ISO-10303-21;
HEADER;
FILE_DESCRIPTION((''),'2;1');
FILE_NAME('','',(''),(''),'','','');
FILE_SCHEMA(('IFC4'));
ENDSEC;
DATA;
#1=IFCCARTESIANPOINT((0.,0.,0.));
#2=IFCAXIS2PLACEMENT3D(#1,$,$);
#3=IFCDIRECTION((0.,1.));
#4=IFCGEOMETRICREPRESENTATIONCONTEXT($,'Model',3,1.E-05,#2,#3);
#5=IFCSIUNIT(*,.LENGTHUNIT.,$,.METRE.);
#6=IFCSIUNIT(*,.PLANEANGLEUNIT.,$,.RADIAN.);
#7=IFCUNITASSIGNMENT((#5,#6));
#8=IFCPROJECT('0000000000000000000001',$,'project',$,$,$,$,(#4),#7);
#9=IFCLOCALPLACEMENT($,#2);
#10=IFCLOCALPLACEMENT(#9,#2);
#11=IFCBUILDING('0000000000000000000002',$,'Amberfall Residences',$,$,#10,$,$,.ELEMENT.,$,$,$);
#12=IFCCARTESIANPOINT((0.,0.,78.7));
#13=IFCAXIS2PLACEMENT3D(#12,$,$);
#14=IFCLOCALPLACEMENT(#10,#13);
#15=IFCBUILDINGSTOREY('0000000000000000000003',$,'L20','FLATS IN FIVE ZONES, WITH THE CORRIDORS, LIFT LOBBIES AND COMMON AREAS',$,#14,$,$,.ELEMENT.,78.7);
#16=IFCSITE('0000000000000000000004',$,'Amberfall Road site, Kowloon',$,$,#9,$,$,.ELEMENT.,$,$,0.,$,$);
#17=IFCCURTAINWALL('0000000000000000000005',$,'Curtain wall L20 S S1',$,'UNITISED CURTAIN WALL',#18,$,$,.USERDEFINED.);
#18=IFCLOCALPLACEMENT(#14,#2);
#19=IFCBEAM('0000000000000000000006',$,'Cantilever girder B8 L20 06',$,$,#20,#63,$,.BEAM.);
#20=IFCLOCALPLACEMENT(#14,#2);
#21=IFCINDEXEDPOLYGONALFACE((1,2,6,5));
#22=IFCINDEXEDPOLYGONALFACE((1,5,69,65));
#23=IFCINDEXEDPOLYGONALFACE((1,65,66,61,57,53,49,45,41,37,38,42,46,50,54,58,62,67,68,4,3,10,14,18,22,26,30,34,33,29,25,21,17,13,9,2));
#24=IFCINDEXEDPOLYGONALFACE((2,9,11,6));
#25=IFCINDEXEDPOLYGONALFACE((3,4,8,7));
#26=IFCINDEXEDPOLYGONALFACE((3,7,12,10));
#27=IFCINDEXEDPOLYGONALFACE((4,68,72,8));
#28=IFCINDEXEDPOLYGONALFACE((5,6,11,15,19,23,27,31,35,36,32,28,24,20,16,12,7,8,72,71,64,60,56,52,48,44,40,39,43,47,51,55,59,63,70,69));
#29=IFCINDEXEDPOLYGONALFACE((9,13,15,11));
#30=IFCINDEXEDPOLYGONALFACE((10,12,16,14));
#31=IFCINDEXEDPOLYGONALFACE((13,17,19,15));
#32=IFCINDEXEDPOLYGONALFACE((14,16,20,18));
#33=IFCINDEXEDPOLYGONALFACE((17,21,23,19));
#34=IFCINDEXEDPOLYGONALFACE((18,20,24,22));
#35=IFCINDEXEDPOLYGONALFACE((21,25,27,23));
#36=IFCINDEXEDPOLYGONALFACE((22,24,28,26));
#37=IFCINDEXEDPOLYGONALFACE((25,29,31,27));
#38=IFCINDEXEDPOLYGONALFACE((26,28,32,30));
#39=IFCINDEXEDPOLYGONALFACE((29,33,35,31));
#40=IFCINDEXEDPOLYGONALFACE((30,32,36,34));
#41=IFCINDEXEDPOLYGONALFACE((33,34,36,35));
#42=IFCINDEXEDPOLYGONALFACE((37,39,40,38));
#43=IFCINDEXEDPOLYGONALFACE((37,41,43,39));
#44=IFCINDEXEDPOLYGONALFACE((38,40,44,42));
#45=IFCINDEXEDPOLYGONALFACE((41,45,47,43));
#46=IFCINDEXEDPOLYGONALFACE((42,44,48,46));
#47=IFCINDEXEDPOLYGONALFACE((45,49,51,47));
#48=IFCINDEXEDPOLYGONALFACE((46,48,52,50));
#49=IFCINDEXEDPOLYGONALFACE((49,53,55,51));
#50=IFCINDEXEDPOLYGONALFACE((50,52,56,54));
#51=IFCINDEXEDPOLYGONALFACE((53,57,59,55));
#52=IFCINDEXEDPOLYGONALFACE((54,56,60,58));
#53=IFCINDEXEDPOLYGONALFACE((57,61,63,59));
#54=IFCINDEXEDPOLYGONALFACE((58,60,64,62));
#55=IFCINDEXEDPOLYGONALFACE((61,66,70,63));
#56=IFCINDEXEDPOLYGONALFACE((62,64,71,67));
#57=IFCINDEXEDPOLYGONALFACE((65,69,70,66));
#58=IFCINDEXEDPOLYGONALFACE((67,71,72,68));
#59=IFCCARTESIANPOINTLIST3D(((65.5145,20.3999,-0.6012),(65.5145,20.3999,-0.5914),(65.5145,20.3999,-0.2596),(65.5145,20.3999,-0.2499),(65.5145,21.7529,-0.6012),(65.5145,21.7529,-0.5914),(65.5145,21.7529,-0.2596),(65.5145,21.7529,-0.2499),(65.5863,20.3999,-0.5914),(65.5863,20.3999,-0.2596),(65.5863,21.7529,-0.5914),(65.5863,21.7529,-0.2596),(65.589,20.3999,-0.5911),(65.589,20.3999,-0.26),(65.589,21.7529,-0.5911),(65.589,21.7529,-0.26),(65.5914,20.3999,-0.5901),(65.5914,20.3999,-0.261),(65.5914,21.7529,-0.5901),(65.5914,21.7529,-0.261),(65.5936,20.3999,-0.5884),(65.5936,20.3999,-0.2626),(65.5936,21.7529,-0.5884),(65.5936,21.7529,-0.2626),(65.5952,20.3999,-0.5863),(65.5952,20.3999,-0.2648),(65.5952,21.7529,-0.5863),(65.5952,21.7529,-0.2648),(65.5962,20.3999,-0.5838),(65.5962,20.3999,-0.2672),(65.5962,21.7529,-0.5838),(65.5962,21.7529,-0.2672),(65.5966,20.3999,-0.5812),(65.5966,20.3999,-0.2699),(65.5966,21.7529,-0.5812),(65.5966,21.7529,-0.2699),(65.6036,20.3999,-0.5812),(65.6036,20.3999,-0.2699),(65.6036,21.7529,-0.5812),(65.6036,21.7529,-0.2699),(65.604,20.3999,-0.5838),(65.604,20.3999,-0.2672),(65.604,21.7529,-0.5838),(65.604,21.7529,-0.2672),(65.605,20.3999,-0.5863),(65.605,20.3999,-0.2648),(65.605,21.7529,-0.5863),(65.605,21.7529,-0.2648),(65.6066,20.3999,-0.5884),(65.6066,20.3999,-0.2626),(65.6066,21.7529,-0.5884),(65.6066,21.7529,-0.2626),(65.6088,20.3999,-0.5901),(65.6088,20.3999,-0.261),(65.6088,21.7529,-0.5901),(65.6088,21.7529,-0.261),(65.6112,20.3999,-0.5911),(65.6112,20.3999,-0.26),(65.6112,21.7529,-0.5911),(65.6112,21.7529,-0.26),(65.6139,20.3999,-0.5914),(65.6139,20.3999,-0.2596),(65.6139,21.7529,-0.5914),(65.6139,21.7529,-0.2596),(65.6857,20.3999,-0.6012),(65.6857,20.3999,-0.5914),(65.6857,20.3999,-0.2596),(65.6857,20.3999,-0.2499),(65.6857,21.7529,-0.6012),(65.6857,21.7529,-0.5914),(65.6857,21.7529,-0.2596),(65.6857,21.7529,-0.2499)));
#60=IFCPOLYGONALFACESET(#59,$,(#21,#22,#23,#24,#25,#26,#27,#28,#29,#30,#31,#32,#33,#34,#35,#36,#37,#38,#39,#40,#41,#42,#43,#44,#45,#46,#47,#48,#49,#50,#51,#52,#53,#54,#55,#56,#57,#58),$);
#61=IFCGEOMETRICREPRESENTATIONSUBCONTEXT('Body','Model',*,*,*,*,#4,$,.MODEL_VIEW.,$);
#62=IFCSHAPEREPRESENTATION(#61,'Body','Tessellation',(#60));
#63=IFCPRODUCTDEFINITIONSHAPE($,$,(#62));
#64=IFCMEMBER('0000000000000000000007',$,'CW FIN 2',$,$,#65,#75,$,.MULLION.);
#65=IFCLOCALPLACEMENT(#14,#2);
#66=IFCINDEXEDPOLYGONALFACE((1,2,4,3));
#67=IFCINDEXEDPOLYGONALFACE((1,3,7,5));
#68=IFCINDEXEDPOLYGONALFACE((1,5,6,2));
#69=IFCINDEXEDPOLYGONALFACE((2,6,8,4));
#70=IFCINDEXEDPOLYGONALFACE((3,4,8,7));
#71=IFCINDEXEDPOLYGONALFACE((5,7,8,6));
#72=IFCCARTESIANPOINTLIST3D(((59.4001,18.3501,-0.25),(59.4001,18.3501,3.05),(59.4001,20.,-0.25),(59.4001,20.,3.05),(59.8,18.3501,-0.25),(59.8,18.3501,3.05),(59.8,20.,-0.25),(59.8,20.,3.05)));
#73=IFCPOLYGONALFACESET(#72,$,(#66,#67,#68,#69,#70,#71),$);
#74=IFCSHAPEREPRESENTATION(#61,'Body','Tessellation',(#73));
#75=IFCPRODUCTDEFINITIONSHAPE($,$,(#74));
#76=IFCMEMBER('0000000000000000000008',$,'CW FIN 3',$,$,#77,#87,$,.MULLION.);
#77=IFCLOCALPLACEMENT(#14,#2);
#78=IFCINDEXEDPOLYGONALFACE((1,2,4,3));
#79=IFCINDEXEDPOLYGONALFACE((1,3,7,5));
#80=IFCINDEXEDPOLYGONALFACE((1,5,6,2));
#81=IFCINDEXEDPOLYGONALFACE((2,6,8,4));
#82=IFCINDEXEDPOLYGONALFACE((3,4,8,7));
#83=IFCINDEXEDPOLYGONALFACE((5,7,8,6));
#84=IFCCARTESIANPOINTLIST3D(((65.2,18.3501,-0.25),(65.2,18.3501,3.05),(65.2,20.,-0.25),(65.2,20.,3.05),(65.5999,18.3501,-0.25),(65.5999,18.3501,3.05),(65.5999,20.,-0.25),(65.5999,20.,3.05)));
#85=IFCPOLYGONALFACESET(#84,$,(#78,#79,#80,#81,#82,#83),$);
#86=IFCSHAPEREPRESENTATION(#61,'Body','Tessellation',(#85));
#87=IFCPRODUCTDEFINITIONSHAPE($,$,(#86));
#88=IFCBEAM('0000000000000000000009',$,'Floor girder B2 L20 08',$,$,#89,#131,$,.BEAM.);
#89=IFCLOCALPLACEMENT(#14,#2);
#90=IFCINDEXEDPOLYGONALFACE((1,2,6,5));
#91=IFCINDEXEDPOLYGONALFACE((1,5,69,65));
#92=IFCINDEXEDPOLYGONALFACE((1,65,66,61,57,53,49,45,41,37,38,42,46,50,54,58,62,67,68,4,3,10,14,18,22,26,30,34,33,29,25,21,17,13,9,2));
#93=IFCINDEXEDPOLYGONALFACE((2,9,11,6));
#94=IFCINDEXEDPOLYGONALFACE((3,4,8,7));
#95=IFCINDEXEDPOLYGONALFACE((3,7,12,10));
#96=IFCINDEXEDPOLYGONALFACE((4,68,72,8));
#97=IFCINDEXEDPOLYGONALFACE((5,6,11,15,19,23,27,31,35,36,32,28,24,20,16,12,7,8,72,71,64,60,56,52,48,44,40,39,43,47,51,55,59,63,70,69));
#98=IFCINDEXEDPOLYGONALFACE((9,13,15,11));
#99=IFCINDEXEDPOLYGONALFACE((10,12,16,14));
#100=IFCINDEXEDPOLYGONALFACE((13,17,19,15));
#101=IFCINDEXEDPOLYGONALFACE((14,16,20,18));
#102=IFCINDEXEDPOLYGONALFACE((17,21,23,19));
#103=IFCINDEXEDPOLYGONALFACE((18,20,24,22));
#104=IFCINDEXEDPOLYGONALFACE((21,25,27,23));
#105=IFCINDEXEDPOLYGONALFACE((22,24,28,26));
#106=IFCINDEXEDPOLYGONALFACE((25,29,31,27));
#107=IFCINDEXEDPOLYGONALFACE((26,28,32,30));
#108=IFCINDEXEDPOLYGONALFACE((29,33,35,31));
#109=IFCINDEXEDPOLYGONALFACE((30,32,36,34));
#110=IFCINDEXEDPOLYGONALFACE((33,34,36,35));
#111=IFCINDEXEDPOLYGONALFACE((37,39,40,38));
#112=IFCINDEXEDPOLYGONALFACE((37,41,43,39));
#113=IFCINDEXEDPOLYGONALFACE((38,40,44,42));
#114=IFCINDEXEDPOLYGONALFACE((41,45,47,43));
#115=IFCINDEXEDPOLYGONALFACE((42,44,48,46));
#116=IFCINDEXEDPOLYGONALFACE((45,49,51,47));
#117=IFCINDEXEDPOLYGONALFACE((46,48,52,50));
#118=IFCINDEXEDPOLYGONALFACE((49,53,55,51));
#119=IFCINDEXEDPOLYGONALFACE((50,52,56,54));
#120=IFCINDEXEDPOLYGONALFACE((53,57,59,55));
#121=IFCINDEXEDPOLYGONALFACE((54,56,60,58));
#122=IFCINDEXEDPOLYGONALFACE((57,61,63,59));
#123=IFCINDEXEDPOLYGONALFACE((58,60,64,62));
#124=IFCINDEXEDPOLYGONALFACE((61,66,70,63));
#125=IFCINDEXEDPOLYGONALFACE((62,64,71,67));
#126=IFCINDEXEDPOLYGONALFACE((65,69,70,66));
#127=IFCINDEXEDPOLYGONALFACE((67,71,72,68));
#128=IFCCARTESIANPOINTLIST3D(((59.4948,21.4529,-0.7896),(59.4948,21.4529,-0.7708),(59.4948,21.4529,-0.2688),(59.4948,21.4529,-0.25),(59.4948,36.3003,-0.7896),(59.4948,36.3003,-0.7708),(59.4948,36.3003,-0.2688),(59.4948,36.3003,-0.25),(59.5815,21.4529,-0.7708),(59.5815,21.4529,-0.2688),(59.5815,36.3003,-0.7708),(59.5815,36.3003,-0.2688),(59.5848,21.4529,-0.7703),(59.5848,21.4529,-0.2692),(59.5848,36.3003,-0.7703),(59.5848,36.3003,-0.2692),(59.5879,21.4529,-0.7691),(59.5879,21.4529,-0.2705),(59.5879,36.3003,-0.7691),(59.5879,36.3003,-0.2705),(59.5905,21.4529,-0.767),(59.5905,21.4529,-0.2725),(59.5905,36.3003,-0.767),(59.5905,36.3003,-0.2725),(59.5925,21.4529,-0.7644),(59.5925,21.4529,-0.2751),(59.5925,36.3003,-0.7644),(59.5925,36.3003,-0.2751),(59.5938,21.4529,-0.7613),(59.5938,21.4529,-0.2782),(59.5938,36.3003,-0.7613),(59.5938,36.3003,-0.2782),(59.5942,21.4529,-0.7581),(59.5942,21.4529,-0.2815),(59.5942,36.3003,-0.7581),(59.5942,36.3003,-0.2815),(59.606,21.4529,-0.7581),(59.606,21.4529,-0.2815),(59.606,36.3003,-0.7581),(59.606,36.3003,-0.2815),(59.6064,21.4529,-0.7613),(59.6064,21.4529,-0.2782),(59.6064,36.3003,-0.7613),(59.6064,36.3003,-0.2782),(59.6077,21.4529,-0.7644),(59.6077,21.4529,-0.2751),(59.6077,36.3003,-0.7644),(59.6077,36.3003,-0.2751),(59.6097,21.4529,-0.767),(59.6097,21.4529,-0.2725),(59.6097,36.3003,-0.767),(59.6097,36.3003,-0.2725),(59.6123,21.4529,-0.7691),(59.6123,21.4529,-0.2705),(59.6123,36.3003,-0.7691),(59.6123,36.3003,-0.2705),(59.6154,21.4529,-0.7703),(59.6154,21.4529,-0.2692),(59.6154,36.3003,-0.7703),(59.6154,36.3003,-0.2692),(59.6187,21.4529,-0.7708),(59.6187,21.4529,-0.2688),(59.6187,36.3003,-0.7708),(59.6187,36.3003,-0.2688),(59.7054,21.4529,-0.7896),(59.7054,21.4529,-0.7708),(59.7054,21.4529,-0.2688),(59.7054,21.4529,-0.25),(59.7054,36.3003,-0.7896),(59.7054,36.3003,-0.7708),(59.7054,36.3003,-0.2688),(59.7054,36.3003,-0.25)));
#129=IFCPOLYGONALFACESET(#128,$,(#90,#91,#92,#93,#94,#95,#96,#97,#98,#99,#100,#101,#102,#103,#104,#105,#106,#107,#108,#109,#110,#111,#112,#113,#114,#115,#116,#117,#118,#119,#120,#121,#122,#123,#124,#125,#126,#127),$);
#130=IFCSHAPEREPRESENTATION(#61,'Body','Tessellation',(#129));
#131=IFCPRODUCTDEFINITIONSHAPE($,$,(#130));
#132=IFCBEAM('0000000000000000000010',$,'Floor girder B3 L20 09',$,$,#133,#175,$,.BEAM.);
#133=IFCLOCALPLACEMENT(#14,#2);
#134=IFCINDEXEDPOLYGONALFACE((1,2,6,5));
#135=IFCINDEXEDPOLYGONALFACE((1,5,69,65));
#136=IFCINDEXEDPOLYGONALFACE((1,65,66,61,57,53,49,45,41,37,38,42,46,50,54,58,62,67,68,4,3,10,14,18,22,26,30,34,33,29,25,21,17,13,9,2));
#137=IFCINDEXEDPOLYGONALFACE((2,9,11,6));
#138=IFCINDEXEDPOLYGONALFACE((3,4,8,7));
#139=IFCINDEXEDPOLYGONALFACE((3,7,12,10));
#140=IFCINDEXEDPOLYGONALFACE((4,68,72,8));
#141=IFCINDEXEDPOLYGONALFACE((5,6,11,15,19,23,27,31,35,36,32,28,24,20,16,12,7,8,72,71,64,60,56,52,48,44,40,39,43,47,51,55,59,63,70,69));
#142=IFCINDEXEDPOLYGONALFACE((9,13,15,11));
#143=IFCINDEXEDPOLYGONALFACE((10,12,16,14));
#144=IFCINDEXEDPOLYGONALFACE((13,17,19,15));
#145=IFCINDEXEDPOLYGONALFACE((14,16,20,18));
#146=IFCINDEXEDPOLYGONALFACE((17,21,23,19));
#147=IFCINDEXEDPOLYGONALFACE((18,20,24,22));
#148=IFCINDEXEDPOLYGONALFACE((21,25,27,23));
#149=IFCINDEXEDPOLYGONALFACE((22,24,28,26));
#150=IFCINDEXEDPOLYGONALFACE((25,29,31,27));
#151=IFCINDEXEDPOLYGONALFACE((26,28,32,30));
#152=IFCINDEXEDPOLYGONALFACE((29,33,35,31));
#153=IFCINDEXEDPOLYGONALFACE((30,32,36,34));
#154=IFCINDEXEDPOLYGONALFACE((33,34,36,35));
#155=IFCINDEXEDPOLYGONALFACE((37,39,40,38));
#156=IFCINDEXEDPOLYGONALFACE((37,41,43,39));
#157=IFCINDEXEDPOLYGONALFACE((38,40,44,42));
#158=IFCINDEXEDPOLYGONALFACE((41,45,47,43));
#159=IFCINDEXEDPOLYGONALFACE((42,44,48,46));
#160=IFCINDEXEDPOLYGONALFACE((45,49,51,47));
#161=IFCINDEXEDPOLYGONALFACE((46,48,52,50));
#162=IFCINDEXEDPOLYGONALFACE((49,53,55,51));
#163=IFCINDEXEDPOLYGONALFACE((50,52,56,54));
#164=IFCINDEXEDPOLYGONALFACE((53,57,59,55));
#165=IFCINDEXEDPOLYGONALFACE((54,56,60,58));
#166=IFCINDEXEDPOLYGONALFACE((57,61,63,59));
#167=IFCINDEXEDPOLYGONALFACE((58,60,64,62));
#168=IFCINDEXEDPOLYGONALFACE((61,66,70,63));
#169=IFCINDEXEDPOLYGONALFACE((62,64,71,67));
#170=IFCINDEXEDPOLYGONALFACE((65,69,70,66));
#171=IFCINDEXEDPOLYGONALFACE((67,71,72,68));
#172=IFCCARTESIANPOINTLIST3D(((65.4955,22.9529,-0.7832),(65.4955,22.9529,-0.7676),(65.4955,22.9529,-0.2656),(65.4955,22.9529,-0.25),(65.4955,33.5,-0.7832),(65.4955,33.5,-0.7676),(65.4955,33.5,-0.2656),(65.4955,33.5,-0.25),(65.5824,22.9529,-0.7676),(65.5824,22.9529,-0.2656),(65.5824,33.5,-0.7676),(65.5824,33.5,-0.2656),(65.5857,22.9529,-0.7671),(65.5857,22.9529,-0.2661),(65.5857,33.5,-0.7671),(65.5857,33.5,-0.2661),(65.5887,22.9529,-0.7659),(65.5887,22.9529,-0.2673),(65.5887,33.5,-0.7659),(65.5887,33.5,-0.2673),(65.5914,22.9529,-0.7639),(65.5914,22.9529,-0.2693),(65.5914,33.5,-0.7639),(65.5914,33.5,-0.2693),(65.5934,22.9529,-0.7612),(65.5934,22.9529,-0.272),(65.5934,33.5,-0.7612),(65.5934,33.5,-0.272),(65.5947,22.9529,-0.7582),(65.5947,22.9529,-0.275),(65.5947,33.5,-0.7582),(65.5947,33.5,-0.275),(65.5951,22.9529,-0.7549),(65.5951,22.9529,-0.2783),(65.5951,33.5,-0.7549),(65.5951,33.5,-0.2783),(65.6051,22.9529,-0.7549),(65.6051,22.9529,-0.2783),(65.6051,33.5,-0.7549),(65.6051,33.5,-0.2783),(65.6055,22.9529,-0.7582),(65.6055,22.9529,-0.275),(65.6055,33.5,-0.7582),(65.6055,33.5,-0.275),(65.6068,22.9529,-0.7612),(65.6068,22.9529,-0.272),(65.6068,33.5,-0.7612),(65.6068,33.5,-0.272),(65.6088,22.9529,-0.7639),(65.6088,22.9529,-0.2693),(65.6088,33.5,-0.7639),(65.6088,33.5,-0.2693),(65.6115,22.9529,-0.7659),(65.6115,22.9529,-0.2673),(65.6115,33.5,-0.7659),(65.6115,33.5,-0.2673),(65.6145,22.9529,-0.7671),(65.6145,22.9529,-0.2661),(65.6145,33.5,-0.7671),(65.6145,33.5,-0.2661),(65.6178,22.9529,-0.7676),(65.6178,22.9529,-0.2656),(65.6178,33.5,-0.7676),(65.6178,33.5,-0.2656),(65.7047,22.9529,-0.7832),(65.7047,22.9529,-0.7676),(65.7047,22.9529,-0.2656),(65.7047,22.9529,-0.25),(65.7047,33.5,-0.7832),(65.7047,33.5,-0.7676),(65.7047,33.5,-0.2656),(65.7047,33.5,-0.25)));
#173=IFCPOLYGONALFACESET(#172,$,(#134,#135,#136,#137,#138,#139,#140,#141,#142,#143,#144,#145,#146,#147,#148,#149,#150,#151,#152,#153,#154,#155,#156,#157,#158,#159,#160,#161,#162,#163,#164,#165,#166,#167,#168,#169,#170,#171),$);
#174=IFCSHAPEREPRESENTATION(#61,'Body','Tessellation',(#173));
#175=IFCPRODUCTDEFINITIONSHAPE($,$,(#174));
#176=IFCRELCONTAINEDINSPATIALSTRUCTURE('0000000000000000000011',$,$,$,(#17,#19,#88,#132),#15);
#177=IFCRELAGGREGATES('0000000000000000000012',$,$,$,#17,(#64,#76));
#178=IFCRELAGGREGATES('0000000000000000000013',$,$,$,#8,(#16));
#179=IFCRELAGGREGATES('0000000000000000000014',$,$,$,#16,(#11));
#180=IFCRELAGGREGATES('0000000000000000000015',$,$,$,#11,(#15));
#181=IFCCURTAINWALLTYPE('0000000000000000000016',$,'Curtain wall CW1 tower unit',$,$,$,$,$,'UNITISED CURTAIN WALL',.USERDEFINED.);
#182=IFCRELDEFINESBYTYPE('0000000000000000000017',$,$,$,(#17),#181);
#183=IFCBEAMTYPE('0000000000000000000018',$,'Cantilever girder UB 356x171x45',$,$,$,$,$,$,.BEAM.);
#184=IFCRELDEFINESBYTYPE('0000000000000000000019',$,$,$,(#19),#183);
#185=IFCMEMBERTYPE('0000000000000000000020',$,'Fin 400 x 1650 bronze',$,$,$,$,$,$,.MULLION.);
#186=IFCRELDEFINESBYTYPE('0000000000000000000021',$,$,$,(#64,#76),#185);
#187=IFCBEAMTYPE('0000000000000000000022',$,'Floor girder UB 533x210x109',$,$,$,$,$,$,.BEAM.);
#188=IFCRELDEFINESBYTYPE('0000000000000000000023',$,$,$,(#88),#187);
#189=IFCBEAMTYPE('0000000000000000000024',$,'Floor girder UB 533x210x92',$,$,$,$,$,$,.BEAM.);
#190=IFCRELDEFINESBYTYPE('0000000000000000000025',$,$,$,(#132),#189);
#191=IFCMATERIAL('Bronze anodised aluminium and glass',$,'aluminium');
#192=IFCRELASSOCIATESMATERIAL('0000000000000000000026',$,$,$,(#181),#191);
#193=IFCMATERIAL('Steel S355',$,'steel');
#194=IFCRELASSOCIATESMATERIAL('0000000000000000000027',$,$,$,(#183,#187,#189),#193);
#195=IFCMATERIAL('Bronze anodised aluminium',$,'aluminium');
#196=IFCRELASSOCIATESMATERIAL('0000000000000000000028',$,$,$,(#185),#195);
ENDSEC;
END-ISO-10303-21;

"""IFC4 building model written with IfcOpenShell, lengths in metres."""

from ifc_helpers import new_model, si_unit, direction, frame, origin, origin_2d, place, context, subcontext, project, spatial, rectangle, i_section, extrude, material, material_profile, profile_set, type_object, element, aggregate, save


model = new_model("IFC4")

# Units and contexts
model_context = context("Model", 3, precision=1e-05, world=origin(), true_north=direction((0.0, 1.0)))
body_context = subcontext(model_context, "Body", "Model", "MODEL_VIEW")
ifc_project = project(units=[si_unit("LENGTHUNIT", "METRE"), si_unit("PLANEANGLEUNIT", "RADIAN")], contexts=[model_context])

# Site, building, storey
site_placement = place(None, origin())
site = spatial("IfcSite", under=ifc_project, at=site_placement, Name="Amberfall Road site, Kowloon", CompositionType="ELEMENT", RefElevation=0.0)
building_placement = place(site_placement, origin())
building = spatial("IfcBuilding", under=site, at=building_placement, Name="Amberfall Residences", CompositionType="ELEMENT")
storey_placement = place(building_placement, frame((0.0, 0.0, 78.7)))
storey = spatial("IfcBuildingStorey", under=building, at=storey_placement, Name="L20", Description="FLATS IN FIVE ZONES, WITH THE CORRIDORS, LIFT LOBBIES AND COMMON AREAS", CompositionType="ELEMENT", Elevation=78.7)

# Shared definitions
ifc_material_1 = material(Name="Steel S355", Category="steel")

# Curtain wall
ifc_material_2 = material(Name="Bronze anodised aluminium and glass", Category="aluminium")
curtain_wall_type = type_object("IfcCurtainWallType", Name="Curtain wall CW1 tower unit", ElementType="UNITISED CURTAIN WALL", PredefinedType="USERDEFINED", material=ifc_material_2)
curtain_wall_placement = place(storey_placement, origin())
curtain_wall = element("IfcCurtainWall", 1, at=curtain_wall_placement, inside=storey, type_object=curtain_wall_type, Name="Curtain wall L20 S S1", ObjectType="UNITISED CURTAIN WALL", PredefinedType="USERDEFINED")
ifc_material_3 = material(Name="Bronze anodised aluminium", Category="aluminium")

# Beam
ifc_material_profile_1 = material_profile(ifc_material_1, i_section(OverallWidth=0.1711, OverallDepth=0.3513, WebThickness=0.0071, FlangeThickness=0.0098, FilletRadius=0.0103, at=origin_2d()), Name="UB 356x171x45")
ifc_profile_set_1 = profile_set([ifc_material_profile_1], Name="Steel S355")
beam_type_1 = type_object("IfcBeamType", Name="Cantilever girder UB 356x171x45", PredefinedType="BEAM", material=ifc_profile_set_1)
beam_1_placement = place(storey_placement, frame((65.6001, 21.7529, -0.4255), z_axis=(0.0, -1.0, 0.0), x_axis=(1.0, 0.0, 0.0)))
element("IfcBeam", 2, at=beam_1_placement, inside=storey, type_object=beam_type_1, Name="Cantilever girder B8 L20 06", PredefinedType="BEAM", context=body_context, shape_type="SweptSolid", body=[
    extrude(i_section(OverallWidth=0.1711, OverallDepth=0.3513, WebThickness=0.0071, FlangeThickness=0.0098, FilletRadius=0.0103, at=origin_2d()), origin(), (0.0, 0.0, 1.0), 1.353),
])

# Members
ifc_material_profile_2 = material_profile(ifc_material_3, rectangle(XDim=1.6499, YDim=0.3999, at=origin_2d()), Name="Fin 400 x 1650 bronze")
ifc_profile_set_2 = profile_set([ifc_material_profile_2], Name="Bronze anodised aluminium")
member_type_1 = type_object("IfcMemberType", Name="Fin 400 x 1650 bronze", PredefinedType="MULLION", material=ifc_profile_set_2)
member_1_placement = place(storey_placement, frame((59.6001, 19.175, -0.25), z_axis=(0.0, 0.0, 1.0), x_axis=(0.0, 1.0, 0.0)))
member_1 = element("IfcMember", 3, at=member_1_placement, type_object=member_type_1, Name="CW FIN 2", PredefinedType="MULLION", context=body_context, shape_type="SweptSolid", body=[
    extrude(rectangle(XDim=1.6499, YDim=0.3999, at=origin_2d()), origin(), (0.0, 0.0, 1.0), 3.3),
])
member_2_placement = place(storey_placement, frame((65.3999, 19.175, -0.25), z_axis=(0.0, 0.0, 1.0), x_axis=(0.0, 1.0, 0.0)))
member_2 = element("IfcMember", 4, at=member_2_placement, type_object=member_type_1, Name="CW FIN 3", PredefinedType="MULLION", context=body_context, shape_type="SweptSolid", body=[
    extrude(rectangle(XDim=1.6499, YDim=0.3999, at=origin_2d()), origin(), (0.0, 0.0, 1.0), 3.3),
])

# Beams
ifc_material_profile_3 = material_profile(ifc_material_1, i_section(OverallWidth=0.2107, OverallDepth=0.5396, WebThickness=0.0117, FlangeThickness=0.0188, FilletRadius=0.0127, at=origin_2d()), Name="UB 533x210x109")
ifc_profile_set_3 = profile_set([ifc_material_profile_3], Name="Steel S355")
beam_type_2 = type_object("IfcBeamType", Name="Floor girder UB 533x210x109", PredefinedType="BEAM", material=ifc_profile_set_3)
beam_2_placement = place(storey_placement, frame((59.6001, 21.4529, -0.5198), z_axis=(0.0, 1.0, 0.0), x_axis=(-1.0, 0.0, 0.0)))
element("IfcBeam", 5, at=beam_2_placement, inside=storey, type_object=beam_type_2, Name="Floor girder B2 L20 08", PredefinedType="BEAM", context=body_context, shape_type="SweptSolid", body=[
    extrude(i_section(OverallWidth=0.2107, OverallDepth=0.5396, WebThickness=0.0117, FlangeThickness=0.0188, FilletRadius=0.0127, at=origin_2d()), origin(), (0.0, 0.0, 1.0), 14.8474),
])
ifc_material_profile_4 = material_profile(ifc_material_1, i_section(OverallWidth=0.2092, OverallDepth=0.5332, WebThickness=0.01, FlangeThickness=0.0156, FilletRadius=0.0127, at=origin_2d()), Name="UB 533x210x92")
ifc_profile_set_4 = profile_set([ifc_material_profile_4], Name="Steel S355")
beam_type_3 = type_object("IfcBeamType", Name="Floor girder UB 533x210x92", PredefinedType="BEAM", material=ifc_profile_set_4)
beam_3_placement = place(storey_placement, frame((65.6001, 22.9529, -0.5166), z_axis=(0.0, 1.0, 0.0), x_axis=(-1.0, 0.0, 0.0)))
element("IfcBeam", 6, at=beam_3_placement, inside=storey, type_object=beam_type_3, Name="Floor girder B3 L20 09", PredefinedType="BEAM", context=body_context, shape_type="SweptSolid", body=[
    extrude(i_section(OverallWidth=0.2092, OverallDepth=0.5332, WebThickness=0.01, FlangeThickness=0.0156, FilletRadius=0.0127, at=origin_2d()), origin(), (0.0, 0.0, 1.0), 10.5471),
])

aggregate(curtain_wall, [member_1, member_2])

save(model, "model.ifc")
